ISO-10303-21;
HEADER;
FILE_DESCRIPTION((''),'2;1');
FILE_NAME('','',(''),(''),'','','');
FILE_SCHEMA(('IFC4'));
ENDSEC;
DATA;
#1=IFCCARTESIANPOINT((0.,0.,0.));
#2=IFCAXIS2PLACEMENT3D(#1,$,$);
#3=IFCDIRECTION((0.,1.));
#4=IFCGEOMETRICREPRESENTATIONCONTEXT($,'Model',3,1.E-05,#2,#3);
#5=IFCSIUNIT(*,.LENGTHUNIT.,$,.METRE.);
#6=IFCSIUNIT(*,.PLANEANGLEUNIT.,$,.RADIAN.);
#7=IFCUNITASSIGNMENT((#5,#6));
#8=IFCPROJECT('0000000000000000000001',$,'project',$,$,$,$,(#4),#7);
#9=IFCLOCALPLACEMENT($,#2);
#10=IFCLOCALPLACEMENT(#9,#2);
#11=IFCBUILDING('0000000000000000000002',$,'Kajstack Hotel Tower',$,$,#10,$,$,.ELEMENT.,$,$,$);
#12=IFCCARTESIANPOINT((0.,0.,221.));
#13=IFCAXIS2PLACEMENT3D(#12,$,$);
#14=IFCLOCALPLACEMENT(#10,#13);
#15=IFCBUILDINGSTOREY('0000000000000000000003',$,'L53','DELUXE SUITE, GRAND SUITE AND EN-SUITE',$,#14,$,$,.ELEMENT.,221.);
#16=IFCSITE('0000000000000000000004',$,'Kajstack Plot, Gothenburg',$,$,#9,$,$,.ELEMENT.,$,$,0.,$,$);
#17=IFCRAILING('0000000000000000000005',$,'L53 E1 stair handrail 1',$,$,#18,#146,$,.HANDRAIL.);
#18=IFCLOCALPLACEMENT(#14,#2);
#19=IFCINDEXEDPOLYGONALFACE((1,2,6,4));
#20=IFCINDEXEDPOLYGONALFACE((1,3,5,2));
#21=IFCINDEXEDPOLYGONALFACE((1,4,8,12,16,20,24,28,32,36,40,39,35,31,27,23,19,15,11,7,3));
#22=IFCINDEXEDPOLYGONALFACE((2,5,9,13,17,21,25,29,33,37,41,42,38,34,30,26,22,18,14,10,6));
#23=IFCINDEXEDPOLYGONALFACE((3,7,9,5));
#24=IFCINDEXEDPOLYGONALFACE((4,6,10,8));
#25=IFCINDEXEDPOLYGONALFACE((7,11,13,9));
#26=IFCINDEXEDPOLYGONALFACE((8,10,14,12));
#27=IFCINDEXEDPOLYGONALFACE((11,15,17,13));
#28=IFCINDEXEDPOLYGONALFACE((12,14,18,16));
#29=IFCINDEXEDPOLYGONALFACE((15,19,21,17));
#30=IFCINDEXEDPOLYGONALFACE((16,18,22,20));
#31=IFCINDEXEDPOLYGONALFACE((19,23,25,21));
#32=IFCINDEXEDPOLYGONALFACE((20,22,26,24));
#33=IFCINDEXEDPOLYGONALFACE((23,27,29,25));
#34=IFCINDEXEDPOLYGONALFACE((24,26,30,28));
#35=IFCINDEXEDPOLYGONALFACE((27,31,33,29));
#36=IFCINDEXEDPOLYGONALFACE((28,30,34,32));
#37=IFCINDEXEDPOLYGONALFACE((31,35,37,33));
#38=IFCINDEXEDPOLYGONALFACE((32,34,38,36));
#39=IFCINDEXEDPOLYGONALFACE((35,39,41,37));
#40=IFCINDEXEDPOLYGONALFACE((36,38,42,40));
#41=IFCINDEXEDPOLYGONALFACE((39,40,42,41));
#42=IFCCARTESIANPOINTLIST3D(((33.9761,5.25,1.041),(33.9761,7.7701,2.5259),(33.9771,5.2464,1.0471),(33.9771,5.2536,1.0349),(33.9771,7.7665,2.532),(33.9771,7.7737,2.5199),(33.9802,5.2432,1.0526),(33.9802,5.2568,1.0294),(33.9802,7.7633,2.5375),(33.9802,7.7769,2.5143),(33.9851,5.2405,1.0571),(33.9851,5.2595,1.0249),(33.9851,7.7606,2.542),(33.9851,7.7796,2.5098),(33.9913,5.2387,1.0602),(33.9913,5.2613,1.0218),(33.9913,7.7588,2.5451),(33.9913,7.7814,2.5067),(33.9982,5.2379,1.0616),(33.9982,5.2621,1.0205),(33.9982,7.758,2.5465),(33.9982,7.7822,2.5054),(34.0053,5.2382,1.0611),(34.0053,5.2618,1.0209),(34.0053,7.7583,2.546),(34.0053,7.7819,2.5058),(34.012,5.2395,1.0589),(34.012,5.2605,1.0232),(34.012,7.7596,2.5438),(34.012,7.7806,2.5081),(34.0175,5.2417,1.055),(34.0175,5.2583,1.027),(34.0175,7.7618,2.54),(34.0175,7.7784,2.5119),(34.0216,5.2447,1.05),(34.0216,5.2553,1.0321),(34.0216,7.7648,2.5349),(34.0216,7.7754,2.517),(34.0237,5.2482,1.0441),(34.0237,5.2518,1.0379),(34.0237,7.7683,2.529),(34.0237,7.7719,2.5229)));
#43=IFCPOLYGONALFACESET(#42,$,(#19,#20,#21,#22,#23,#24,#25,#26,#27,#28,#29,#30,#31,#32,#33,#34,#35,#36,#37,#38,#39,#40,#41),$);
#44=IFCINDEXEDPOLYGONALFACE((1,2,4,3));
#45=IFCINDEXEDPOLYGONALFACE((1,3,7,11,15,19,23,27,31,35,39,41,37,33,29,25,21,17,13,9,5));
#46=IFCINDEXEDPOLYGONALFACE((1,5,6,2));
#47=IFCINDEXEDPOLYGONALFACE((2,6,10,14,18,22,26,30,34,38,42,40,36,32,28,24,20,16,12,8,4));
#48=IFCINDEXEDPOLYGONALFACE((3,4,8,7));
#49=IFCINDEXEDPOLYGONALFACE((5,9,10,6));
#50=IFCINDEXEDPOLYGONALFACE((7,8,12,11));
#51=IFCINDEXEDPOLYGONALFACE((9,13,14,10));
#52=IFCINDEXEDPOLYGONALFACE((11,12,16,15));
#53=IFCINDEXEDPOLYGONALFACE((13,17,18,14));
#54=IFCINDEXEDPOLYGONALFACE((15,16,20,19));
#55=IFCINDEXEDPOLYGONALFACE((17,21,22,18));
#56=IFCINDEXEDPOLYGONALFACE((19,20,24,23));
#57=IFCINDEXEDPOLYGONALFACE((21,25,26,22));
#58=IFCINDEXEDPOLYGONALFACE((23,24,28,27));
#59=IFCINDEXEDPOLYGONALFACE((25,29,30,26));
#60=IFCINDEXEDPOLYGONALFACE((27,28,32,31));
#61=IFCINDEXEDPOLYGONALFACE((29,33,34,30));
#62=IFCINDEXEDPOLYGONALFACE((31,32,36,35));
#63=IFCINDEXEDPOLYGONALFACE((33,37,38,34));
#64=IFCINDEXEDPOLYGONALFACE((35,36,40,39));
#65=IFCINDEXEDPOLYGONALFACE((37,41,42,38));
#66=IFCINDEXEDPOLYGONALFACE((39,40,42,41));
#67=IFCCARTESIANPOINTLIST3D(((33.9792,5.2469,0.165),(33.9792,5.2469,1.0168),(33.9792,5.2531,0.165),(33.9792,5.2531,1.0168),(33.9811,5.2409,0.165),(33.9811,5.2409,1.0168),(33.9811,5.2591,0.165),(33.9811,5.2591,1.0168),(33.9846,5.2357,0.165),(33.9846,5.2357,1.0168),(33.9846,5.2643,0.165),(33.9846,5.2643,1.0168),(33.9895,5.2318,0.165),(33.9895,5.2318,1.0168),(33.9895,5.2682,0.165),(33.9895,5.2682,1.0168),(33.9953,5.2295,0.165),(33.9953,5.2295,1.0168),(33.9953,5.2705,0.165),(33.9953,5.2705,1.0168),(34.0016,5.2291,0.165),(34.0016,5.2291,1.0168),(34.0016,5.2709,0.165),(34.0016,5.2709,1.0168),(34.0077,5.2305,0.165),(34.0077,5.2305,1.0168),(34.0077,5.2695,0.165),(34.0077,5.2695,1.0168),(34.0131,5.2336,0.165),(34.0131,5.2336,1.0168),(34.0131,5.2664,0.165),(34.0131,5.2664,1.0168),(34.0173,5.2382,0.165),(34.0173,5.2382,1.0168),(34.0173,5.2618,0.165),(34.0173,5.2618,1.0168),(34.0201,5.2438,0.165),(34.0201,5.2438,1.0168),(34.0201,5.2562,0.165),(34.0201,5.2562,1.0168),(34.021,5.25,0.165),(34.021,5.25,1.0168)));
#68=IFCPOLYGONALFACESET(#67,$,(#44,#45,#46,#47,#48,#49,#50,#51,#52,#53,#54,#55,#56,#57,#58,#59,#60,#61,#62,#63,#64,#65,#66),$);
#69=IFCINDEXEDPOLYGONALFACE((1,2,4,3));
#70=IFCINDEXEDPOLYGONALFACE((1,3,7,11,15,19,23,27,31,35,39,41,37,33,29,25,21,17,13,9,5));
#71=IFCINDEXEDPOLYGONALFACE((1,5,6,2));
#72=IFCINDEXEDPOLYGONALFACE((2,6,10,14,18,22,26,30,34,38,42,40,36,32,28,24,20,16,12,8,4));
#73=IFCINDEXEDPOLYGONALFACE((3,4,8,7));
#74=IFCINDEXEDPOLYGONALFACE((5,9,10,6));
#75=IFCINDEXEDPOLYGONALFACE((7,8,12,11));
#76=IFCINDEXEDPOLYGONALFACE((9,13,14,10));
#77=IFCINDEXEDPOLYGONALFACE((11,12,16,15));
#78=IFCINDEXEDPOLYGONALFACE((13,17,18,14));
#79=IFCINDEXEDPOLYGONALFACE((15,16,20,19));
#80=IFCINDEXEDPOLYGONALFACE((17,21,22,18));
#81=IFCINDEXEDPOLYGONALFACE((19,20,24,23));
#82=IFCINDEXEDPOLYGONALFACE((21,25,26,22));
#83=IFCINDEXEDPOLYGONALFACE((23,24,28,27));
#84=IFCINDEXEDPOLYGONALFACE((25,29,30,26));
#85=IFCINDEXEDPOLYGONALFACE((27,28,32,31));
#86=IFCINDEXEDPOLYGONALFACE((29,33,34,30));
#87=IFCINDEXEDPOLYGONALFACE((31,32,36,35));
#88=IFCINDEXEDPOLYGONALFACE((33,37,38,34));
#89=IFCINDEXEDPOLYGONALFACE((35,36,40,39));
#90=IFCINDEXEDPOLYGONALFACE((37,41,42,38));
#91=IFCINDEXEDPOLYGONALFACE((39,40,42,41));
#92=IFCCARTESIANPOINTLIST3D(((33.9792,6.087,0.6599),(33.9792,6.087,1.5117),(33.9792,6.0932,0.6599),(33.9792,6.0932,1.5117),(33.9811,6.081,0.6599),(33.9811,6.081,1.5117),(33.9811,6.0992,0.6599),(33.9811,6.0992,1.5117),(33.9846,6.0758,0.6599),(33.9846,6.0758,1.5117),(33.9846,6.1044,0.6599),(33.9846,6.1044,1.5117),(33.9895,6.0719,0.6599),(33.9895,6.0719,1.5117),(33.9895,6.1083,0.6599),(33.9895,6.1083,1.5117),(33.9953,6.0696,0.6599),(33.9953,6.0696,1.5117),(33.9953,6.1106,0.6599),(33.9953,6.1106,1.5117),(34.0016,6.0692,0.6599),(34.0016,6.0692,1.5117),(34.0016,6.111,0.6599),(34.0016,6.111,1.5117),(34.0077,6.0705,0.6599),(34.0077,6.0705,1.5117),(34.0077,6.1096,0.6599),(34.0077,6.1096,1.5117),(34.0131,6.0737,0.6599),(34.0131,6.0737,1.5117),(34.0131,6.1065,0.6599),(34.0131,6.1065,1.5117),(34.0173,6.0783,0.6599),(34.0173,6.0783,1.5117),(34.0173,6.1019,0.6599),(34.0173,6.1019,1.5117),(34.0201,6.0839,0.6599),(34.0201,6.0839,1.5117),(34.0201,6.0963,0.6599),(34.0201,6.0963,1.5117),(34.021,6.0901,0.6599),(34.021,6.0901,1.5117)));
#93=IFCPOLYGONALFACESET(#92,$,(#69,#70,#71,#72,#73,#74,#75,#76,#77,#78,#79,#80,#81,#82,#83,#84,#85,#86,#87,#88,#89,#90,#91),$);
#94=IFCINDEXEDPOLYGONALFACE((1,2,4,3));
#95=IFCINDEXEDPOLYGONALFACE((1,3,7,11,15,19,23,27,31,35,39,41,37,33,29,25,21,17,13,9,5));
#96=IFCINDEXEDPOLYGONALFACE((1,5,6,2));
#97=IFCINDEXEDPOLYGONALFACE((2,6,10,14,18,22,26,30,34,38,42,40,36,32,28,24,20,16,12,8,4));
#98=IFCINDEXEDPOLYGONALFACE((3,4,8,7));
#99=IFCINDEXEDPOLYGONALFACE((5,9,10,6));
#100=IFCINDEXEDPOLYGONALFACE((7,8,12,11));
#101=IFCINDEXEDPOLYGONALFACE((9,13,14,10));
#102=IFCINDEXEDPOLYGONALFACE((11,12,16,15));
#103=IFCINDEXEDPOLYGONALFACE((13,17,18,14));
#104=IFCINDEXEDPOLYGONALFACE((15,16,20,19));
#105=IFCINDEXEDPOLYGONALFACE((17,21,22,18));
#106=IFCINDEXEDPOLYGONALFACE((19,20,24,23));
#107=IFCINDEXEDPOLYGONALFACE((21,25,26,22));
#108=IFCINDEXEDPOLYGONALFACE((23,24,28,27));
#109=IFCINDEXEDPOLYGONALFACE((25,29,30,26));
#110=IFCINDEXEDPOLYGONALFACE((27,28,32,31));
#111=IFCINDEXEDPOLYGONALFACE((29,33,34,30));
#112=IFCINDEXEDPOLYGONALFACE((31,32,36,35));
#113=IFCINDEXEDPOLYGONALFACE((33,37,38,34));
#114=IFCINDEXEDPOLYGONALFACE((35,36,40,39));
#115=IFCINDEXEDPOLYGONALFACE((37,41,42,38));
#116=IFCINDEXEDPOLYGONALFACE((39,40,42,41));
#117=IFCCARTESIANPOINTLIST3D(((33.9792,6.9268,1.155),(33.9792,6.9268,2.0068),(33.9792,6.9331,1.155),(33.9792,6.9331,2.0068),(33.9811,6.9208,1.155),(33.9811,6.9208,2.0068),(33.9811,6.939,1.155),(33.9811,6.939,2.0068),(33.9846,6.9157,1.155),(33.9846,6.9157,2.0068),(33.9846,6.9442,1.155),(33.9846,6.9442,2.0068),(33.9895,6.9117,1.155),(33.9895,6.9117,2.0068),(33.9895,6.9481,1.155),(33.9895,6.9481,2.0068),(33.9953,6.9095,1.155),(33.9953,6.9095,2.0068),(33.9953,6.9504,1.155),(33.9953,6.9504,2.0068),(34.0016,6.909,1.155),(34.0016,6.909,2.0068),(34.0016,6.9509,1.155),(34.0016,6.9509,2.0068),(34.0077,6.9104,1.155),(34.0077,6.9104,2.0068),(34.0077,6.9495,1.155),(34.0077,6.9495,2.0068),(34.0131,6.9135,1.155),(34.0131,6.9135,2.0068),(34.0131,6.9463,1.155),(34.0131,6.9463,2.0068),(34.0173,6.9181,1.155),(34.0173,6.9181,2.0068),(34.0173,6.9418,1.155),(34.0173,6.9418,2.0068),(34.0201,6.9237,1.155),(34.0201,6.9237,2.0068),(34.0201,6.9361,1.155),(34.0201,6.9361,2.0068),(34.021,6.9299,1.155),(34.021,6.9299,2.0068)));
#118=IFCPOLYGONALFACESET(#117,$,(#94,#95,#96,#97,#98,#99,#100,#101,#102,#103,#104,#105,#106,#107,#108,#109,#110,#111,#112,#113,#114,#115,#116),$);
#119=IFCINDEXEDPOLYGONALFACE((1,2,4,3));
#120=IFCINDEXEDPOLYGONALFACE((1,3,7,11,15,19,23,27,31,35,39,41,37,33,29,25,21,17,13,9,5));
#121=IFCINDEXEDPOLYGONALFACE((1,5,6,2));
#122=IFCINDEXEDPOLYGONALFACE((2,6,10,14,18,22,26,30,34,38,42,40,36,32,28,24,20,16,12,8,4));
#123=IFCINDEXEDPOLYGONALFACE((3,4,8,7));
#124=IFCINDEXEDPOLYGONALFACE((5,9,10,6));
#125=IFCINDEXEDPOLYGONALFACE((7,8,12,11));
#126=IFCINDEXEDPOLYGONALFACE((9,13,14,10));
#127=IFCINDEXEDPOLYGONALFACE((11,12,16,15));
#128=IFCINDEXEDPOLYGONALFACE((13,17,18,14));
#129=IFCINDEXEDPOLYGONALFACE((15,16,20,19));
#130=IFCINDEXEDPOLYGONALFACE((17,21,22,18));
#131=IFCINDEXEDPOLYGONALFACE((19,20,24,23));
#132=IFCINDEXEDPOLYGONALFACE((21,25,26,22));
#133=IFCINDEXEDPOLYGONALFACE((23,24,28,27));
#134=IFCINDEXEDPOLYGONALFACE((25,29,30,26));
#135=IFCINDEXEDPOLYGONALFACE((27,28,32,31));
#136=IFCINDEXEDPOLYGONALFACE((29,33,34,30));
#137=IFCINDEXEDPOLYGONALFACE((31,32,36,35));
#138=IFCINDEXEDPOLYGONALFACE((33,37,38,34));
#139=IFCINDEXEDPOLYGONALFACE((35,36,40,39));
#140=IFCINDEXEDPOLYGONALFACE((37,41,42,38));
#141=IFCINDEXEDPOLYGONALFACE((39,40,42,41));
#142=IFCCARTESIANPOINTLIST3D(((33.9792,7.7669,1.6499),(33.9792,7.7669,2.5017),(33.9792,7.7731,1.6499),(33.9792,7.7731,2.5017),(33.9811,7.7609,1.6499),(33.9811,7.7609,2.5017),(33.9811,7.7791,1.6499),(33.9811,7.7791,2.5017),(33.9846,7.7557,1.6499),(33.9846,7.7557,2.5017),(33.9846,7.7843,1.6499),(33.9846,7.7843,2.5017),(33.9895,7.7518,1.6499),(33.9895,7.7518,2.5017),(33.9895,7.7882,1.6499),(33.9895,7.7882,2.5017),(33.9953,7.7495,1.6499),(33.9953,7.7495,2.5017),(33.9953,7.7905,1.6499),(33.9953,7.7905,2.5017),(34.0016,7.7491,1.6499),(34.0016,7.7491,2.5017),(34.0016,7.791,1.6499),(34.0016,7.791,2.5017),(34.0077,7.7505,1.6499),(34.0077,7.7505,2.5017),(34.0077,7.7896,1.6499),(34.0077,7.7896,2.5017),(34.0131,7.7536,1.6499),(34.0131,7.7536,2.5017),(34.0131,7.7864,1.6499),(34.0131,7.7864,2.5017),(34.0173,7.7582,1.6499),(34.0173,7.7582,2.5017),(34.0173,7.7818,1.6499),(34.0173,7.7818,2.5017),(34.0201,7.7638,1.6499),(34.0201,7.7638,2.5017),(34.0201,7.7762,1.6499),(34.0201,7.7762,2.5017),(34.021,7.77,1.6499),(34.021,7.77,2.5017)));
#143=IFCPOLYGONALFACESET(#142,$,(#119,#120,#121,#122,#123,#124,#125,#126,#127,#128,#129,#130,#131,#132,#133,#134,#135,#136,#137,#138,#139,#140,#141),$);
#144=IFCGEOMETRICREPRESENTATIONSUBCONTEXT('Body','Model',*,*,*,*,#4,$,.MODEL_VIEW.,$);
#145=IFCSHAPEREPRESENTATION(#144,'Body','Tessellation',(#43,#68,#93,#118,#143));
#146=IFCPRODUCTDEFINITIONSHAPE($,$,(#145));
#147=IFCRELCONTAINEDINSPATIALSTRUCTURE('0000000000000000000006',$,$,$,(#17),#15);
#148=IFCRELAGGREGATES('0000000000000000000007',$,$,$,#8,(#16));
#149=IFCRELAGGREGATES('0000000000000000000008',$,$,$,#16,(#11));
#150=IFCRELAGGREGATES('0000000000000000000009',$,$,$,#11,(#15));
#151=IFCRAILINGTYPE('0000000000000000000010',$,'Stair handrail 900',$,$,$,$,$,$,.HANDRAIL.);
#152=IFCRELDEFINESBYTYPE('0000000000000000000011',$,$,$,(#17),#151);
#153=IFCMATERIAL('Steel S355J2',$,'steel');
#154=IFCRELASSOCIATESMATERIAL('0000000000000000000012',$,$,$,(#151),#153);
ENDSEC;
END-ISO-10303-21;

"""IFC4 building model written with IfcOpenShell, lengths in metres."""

from ifc_helpers import new_model, si_unit, direction, frame, origin, origin_2d, place, context, subcontext, project, spatial, circle, extrude, material, type_object, element, save


model = new_model("IFC4")

# Units and contexts
model_context = context("Model", 3, precision=1e-05, world=origin(), true_north=direction((0.0, 1.0)))
body_context = subcontext(model_context, "Body", "Model", "MODEL_VIEW")
ifc_project = project(units=[si_unit("LENGTHUNIT", "METRE"), si_unit("PLANEANGLEUNIT", "RADIAN")], contexts=[model_context])

# Site, building, storey
site_placement = place(None, origin())
site = spatial("IfcSite", under=ifc_project, at=site_placement, Name="Kajstack Plot, Gothenburg", CompositionType="ELEMENT", RefElevation=0.0)
building_placement = place(site_placement, origin())
building = spatial("IfcBuilding", under=site, at=building_placement, Name="Kajstack Hotel Tower", CompositionType="ELEMENT")
storey_placement = place(building_placement, frame((0.0, 0.0, 221.0)))
storey = spatial("IfcBuildingStorey", under=building, at=storey_placement, Name="L53", Description="DELUXE SUITE, GRAND SUITE AND EN-SUITE", CompositionType="ELEMENT", Elevation=221.0)

# Railing
ifc_material_1 = material(Name="Steel S355J2", Category="steel")
railing_type_1 = type_object("IfcRailingType", Name="Stair handrail 900", PredefinedType="HANDRAIL", material=ifc_material_1)
railing_1_placement = place(storey_placement, frame((34.0, 5.25, 0.165)))
element("IfcRailing", 1, at=railing_1_placement, inside=storey, type_object=railing_type_1, Name="L53 E1 stair handrail 1", PredefinedType="HANDRAIL", context=body_context, shape_type="SweptSolid", body=[
    extrude(circle(Radius=0.0239, at=origin_2d()), frame((0.0, 0.0, 0.876), z_axis=(0.0, 0.861561, 0.507655), x_axis=(-1.0, 0.0, 0.0)), (0.0, 0.0, 1.0), 2.925),
    extrude(circle(Radius=0.021, at=origin_2d()), origin(), (0.0, 0.0, 1.0), 0.8518),
    extrude(circle(Radius=0.021, at=origin_2d()), frame((0.0, 0.8401, 0.4949)), (0.0, 0.0, 1.0), 0.8518),
    extrude(circle(Radius=0.021, at=origin_2d()), frame((0.0, 1.6799, 0.99)), (0.0, 0.0, 1.0), 0.8518),
    extrude(circle(Radius=0.021, at=origin_2d()), frame((0.0, 2.52, 1.4849)), (0.0, 0.0, 1.0), 0.8518),
])

save(model, "model.ifc")
